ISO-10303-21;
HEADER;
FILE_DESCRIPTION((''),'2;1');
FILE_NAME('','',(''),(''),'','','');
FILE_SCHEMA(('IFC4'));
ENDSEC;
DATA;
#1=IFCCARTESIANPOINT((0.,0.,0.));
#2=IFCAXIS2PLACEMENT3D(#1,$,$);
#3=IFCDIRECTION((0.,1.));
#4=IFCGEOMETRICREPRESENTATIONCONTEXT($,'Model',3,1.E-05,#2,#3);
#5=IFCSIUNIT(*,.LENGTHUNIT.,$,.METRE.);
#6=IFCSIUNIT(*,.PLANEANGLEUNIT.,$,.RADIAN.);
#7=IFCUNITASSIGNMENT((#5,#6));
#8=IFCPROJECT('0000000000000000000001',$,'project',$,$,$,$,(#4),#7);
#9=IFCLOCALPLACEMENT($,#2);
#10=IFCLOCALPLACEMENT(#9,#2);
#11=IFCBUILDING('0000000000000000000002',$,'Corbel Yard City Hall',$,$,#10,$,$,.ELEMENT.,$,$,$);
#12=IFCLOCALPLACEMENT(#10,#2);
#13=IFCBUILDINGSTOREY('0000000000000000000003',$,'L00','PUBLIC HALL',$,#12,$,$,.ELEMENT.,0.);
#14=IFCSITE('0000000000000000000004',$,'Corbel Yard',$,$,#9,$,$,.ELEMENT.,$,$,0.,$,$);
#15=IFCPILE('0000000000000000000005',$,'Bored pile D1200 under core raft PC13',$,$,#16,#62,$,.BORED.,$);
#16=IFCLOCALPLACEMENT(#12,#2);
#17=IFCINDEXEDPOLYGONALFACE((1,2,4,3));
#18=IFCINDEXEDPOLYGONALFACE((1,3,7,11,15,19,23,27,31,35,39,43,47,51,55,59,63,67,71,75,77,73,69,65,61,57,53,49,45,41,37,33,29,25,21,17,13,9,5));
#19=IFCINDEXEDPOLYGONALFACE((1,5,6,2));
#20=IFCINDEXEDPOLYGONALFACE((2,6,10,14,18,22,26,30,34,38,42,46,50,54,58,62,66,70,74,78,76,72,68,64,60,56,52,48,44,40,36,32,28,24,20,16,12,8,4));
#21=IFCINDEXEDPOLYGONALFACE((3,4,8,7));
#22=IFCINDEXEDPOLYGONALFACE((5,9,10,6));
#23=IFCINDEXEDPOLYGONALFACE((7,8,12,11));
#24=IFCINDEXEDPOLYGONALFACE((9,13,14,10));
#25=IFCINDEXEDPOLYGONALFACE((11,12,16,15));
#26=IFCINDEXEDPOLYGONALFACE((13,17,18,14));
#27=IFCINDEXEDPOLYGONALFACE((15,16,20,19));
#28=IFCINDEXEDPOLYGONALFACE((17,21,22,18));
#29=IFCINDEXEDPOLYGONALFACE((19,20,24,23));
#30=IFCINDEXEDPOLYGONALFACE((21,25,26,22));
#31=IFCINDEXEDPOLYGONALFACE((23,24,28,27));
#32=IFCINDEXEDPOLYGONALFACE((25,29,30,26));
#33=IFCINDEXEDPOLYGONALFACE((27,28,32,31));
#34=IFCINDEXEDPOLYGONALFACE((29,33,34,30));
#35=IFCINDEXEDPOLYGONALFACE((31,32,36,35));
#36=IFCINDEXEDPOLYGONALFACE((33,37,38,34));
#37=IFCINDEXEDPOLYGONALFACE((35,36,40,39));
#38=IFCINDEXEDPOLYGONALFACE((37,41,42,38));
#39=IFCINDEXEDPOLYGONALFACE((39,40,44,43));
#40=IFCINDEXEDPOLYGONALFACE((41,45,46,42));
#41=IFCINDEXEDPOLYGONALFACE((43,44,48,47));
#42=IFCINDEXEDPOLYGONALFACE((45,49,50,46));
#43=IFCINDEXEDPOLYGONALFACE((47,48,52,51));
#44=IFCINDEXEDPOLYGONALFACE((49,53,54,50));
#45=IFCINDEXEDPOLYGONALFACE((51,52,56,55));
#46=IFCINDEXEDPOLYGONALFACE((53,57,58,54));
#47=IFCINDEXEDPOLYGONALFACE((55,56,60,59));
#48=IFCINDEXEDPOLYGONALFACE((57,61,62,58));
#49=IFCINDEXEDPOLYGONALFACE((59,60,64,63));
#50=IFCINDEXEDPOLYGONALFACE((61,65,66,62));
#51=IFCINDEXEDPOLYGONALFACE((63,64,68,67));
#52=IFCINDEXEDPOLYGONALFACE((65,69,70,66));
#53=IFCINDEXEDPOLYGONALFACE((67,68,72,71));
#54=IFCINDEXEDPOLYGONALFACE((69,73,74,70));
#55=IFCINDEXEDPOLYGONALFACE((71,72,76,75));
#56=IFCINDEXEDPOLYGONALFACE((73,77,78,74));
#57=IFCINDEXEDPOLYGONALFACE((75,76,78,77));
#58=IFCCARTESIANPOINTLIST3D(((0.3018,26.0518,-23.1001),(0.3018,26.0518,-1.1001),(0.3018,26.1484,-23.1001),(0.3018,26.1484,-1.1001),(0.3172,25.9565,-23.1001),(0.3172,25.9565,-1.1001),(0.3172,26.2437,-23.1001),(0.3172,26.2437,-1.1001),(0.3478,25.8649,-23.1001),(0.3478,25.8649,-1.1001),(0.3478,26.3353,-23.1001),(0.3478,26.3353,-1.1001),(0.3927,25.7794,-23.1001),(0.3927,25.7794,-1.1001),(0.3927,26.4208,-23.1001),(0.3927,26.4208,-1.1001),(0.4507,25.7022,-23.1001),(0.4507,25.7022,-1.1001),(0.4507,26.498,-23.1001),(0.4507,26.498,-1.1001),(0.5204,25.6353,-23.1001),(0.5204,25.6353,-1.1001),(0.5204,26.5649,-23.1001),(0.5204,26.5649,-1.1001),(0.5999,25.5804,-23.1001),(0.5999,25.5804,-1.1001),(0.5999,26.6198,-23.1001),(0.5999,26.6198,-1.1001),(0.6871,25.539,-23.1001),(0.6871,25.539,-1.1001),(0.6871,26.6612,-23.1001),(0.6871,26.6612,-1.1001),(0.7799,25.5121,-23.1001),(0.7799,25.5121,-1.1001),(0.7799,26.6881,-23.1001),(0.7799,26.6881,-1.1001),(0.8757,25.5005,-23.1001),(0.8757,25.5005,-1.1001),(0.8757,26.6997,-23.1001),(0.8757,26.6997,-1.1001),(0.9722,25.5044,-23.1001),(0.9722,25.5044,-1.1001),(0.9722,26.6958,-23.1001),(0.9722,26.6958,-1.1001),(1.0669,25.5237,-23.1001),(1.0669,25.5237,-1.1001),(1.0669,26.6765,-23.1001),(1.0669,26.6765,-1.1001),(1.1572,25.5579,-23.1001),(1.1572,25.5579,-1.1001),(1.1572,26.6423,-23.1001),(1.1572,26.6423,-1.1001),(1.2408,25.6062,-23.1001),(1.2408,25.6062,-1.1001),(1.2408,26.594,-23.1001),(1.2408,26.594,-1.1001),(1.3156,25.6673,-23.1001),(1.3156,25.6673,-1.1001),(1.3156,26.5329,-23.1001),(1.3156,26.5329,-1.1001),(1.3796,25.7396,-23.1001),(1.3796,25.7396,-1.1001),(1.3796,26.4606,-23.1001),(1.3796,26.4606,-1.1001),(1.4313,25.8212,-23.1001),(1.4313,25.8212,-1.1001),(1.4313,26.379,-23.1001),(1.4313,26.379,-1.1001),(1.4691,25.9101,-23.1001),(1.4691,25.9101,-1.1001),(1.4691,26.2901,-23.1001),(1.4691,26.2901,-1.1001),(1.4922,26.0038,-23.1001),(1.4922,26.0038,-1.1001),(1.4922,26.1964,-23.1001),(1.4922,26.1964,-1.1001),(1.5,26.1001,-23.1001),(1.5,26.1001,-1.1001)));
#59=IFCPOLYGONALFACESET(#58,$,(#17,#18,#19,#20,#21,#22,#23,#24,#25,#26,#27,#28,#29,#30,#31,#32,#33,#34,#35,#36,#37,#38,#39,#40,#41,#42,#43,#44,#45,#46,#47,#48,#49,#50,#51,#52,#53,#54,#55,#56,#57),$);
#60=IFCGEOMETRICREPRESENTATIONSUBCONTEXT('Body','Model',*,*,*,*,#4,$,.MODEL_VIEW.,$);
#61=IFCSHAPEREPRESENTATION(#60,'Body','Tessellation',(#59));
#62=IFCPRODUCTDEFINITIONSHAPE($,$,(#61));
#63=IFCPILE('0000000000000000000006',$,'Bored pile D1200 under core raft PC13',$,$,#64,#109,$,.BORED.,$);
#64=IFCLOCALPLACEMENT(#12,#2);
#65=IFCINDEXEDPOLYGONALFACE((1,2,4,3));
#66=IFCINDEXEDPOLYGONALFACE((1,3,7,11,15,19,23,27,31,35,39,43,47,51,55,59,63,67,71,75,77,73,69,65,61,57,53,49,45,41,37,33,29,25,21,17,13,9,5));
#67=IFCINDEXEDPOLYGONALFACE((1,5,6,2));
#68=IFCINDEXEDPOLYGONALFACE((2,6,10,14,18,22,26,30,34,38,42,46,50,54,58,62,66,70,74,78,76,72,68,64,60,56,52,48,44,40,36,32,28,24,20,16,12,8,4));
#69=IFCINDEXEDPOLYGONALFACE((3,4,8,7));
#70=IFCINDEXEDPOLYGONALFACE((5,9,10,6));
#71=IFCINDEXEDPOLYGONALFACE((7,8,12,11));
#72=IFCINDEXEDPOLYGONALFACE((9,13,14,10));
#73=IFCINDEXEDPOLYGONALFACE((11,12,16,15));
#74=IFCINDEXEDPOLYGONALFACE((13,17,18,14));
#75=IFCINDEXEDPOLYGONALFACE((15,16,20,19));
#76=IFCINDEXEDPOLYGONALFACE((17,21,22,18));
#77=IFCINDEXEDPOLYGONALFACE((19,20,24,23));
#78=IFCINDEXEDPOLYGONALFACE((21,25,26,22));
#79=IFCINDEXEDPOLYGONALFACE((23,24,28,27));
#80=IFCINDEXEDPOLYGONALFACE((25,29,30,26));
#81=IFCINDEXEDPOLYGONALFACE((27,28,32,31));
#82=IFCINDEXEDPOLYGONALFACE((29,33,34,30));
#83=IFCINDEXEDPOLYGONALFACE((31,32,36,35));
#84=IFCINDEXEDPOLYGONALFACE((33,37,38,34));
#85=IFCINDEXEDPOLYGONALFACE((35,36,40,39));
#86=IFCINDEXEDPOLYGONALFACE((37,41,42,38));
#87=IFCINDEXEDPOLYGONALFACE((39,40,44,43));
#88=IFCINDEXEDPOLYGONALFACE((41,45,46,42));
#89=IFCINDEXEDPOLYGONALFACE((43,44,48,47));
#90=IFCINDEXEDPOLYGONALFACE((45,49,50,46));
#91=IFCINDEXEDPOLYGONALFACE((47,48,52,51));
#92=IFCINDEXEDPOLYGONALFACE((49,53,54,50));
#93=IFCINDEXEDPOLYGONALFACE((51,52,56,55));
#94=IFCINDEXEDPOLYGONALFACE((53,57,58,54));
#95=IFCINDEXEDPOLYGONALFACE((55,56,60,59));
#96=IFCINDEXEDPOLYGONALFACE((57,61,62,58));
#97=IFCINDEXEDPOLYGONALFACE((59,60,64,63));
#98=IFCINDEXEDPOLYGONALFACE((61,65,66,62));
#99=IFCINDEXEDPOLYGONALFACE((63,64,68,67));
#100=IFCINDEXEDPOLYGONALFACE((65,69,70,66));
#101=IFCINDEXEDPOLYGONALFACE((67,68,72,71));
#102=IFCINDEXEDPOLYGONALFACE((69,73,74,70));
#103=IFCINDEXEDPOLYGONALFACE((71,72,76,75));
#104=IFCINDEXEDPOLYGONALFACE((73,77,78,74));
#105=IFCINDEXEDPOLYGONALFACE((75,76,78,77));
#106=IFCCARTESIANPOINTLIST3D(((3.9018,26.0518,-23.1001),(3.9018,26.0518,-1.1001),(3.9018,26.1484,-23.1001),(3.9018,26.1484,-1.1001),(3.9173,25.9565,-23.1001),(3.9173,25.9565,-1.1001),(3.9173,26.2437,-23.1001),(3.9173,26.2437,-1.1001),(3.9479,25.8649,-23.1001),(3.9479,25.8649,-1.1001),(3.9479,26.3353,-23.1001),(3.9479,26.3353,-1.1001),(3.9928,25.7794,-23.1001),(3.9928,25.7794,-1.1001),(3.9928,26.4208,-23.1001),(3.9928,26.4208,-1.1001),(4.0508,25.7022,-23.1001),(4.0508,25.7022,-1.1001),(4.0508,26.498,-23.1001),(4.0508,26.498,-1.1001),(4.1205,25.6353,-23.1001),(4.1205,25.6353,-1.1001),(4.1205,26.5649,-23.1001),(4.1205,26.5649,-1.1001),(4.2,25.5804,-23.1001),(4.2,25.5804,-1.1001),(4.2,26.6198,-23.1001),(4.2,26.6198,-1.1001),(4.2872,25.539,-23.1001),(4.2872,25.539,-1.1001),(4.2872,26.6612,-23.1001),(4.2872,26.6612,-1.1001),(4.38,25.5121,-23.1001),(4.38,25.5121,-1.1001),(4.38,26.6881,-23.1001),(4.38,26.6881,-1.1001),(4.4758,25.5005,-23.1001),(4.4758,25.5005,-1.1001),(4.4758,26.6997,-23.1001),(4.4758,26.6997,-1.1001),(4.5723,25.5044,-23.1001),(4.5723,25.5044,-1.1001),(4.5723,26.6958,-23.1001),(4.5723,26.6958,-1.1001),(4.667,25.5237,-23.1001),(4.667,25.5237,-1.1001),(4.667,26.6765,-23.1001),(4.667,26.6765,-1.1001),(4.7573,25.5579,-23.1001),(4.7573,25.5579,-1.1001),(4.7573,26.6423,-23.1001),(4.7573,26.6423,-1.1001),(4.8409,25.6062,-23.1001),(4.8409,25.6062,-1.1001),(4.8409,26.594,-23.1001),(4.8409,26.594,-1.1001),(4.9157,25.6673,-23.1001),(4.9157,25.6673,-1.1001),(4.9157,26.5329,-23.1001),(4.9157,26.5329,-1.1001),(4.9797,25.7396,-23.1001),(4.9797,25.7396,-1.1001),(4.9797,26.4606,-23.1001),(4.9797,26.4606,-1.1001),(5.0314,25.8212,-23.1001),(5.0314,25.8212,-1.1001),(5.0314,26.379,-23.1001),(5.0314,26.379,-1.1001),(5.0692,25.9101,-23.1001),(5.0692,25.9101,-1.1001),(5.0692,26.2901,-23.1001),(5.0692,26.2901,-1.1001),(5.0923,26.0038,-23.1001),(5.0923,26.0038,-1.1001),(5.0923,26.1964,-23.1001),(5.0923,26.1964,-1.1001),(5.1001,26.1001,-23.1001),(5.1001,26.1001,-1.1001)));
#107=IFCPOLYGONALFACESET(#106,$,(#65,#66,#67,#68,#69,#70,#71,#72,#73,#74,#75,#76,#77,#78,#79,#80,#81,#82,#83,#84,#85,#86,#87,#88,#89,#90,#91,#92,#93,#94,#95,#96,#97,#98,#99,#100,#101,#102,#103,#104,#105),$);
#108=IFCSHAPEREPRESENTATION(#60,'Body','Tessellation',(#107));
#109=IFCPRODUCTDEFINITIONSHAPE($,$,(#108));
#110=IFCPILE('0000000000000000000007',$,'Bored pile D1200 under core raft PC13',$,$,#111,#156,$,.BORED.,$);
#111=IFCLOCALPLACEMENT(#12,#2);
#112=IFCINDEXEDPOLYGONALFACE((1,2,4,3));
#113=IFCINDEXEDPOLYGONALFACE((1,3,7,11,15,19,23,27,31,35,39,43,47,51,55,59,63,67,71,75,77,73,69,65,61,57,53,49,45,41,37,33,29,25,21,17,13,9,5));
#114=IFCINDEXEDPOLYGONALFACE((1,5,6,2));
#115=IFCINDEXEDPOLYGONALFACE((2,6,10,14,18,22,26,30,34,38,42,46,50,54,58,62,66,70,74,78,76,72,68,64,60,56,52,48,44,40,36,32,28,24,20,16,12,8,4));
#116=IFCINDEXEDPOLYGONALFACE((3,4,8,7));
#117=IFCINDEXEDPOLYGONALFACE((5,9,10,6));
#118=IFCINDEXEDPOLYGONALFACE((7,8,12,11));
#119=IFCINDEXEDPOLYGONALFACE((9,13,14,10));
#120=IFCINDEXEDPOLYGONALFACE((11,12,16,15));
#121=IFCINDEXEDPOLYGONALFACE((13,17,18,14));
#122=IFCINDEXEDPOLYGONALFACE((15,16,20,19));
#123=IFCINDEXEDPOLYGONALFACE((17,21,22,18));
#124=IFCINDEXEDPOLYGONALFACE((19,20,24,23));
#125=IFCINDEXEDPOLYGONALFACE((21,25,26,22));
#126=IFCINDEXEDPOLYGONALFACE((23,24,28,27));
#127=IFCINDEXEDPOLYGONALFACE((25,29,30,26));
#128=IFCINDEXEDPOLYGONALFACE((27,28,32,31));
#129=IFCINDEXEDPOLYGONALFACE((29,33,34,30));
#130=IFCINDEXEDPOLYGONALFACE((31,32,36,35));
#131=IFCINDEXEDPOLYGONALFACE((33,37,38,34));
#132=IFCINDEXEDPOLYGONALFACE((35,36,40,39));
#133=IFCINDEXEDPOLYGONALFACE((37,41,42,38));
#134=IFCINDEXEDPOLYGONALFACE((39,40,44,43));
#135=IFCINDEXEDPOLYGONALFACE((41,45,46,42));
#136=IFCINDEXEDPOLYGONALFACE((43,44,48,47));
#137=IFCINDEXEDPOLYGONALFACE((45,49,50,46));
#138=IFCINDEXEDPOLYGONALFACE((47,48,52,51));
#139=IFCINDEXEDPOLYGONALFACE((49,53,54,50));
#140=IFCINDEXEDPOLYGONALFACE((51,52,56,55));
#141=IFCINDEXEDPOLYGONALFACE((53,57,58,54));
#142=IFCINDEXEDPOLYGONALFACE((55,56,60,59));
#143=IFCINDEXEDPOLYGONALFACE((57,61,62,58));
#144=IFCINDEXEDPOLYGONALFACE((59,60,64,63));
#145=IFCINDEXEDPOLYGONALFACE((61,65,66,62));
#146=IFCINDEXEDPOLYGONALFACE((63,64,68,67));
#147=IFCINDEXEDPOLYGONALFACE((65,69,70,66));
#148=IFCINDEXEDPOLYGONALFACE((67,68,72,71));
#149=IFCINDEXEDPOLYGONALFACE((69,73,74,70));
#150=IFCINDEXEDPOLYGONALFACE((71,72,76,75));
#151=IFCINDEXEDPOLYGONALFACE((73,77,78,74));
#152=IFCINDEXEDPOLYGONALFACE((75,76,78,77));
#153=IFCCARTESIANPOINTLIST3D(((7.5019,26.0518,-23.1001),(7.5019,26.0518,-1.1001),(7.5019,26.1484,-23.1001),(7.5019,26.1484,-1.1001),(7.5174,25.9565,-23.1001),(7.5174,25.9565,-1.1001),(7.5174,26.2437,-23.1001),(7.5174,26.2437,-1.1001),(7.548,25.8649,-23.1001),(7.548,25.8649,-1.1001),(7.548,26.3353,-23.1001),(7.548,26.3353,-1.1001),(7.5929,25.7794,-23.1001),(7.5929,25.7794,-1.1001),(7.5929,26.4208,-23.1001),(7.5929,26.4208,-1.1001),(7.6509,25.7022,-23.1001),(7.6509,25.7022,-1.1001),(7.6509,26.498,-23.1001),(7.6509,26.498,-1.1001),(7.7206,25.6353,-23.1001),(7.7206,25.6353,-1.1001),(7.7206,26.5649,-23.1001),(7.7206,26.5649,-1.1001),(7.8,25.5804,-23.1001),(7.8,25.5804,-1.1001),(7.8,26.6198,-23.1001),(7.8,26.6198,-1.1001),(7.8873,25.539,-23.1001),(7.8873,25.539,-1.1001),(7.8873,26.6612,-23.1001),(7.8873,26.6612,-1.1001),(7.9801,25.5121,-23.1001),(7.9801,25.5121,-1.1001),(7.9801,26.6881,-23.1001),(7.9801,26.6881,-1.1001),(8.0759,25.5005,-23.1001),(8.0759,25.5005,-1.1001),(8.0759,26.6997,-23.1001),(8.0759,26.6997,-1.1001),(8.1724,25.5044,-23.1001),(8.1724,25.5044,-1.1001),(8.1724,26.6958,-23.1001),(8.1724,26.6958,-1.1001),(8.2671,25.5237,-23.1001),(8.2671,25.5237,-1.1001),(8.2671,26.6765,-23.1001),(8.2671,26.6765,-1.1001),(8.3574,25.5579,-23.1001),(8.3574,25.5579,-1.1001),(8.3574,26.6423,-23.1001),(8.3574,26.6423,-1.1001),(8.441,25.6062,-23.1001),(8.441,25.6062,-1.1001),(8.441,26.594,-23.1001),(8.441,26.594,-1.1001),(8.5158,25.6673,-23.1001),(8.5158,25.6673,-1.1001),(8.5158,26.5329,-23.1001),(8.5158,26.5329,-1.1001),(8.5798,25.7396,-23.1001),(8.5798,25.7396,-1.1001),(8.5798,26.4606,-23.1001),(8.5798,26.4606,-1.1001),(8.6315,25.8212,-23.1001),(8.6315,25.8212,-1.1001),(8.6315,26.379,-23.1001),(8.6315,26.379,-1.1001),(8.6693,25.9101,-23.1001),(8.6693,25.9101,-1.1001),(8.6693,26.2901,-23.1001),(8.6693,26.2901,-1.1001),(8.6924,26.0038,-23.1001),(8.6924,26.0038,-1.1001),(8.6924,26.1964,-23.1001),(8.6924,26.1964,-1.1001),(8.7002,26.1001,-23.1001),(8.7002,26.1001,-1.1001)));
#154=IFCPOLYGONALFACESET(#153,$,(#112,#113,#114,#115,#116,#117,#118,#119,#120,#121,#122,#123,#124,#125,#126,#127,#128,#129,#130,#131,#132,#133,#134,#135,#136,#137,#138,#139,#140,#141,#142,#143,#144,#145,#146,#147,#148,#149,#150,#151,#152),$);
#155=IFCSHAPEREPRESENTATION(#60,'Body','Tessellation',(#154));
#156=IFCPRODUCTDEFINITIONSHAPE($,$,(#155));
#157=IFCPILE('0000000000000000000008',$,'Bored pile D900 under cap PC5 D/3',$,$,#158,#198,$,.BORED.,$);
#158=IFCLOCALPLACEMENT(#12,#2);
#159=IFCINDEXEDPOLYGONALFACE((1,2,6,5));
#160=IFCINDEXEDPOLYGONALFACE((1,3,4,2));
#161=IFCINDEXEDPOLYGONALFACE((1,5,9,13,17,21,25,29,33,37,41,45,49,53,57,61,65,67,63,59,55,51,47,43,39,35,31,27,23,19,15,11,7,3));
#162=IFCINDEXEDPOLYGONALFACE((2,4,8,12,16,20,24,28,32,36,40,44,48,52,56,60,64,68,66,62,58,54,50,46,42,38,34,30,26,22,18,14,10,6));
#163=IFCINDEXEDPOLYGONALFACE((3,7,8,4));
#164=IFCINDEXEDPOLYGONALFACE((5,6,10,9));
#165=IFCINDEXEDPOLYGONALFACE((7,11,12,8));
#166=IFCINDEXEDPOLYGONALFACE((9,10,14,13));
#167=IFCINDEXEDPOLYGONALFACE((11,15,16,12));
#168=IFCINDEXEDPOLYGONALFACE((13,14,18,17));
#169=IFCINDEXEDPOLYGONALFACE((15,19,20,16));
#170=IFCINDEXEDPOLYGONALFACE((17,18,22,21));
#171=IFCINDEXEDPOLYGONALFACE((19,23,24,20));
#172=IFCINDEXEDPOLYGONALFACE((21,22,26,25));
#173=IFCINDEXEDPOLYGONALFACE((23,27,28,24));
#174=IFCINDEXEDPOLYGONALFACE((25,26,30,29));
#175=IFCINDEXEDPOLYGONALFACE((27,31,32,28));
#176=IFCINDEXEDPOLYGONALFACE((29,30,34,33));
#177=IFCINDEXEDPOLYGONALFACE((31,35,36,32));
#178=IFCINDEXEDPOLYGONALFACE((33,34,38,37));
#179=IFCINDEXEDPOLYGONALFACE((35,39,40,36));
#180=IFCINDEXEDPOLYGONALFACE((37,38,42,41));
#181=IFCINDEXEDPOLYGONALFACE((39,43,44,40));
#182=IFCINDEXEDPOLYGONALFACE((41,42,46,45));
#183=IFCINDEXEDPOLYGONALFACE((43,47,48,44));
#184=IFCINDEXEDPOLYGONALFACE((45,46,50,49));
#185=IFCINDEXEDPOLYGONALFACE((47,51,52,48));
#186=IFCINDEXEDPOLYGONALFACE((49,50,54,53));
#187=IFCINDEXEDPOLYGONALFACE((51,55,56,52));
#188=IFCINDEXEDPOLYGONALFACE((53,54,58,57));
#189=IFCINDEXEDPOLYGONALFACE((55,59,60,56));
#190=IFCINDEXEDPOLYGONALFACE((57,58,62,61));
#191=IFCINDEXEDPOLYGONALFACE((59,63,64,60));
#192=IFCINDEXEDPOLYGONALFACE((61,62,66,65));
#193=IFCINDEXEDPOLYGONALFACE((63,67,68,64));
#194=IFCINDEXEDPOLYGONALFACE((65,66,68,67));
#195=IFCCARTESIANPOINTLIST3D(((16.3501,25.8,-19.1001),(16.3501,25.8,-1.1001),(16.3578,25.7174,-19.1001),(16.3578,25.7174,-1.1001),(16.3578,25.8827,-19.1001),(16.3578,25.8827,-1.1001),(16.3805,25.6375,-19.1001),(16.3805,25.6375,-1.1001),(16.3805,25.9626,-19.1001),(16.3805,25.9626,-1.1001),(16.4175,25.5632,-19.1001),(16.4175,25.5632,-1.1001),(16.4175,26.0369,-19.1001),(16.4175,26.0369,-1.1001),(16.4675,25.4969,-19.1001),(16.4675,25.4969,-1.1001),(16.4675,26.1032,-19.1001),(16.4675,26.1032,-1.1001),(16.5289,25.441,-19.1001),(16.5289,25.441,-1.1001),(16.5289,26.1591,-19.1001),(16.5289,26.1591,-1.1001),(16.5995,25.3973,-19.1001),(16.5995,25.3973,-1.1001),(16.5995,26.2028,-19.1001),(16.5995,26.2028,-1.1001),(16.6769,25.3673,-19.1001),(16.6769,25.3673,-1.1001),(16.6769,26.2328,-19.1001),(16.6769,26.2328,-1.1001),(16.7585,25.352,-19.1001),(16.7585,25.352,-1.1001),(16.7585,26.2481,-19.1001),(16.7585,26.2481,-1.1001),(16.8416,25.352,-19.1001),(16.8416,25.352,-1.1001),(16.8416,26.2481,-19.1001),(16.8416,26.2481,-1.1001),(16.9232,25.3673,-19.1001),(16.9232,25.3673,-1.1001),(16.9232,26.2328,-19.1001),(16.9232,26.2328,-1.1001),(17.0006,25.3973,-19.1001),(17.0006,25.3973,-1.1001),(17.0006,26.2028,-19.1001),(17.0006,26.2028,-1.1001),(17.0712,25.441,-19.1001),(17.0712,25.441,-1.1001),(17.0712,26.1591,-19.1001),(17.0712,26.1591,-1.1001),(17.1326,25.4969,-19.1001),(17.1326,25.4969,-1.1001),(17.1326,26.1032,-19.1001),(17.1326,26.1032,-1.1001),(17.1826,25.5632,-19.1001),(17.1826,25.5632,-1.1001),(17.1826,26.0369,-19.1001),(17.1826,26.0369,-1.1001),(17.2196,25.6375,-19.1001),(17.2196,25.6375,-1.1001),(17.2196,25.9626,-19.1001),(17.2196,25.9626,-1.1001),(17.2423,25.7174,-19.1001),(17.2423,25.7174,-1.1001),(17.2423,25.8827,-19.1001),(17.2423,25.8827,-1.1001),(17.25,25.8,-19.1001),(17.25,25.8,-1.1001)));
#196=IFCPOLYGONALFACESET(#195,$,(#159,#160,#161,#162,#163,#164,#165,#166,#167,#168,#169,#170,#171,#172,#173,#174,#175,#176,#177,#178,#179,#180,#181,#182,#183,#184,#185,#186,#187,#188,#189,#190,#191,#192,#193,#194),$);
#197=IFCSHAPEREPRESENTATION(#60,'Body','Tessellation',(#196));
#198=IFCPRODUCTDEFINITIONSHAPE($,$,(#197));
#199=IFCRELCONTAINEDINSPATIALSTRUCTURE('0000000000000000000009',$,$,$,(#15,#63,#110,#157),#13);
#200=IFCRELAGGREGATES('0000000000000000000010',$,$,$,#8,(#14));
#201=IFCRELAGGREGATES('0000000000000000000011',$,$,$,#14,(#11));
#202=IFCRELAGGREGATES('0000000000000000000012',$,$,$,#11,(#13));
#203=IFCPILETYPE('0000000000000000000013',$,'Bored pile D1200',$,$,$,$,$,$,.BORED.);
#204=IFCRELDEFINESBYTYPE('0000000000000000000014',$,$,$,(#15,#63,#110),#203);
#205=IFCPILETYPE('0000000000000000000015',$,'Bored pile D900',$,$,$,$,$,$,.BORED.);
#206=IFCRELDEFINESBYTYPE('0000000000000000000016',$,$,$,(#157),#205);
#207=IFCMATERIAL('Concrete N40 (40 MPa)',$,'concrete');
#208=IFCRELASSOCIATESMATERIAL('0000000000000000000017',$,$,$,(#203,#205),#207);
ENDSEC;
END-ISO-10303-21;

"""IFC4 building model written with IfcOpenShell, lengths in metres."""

from ifc_helpers import new_model, si_unit, direction, frame, origin, origin_2d, place, context, subcontext, project, spatial, circle, extrude, material, material_profile, profile_set, type_object, element, save


model = new_model("IFC4")

# Units and contexts
model_context = context("Model", 3, precision=1e-05, world=origin(), true_north=direction((0.0, 1.0)))
body_context = subcontext(model_context, "Body", "Model", "MODEL_VIEW")
ifc_project = project(units=[si_unit("LENGTHUNIT", "METRE"), si_unit("PLANEANGLEUNIT", "RADIAN")], contexts=[model_context])

# Site, building, storey
site_placement = place(None, origin())
site = spatial("IfcSite", under=ifc_project, at=site_placement, Name="Corbel Yard", CompositionType="ELEMENT", RefElevation=0.0)
building_placement = place(site_placement, origin())
building = spatial("IfcBuilding", under=site, at=building_placement, Name="Corbel Yard City Hall", CompositionType="ELEMENT")
storey_placement = place(building_placement, origin())
storey = spatial("IfcBuildingStorey", under=building, at=storey_placement, Name="L00", Description="PUBLIC HALL", CompositionType="ELEMENT", Elevation=0.0)

# Piles
ifc_material_1 = material(Name="Concrete N40 (40 MPa)", Category="concrete")
ifc_material_profile_1 = material_profile(ifc_material_1, circle(Radius=0.6001, at=origin_2d()), Name="D1200")
ifc_profile_set_1 = profile_set([ifc_material_profile_1], Name="Concrete N40 (40 MPa)")
pile_type_1 = type_object("IfcPileType", Name="Bored pile D1200", PredefinedType="BORED", material=ifc_profile_set_1)
for number, where, z_axis, x_axis, name in (
    (1, (0.8999, 26.1001, -1.1001), (0.0, 0.0, -1.0), (1.0, 0.0, 0.0), "Bored pile D1200 under core raft PC13"),
    (2, (4.5, 26.1001, -1.1001), (0.0, 0.0, -1.0), (1.0, 0.0, 0.0), "Bored pile D1200 under core raft PC13"),
    (3, (8.1001, 26.1001, -1.1001), (0.0, 0.0, -1.0), (1.0, 0.0, 0.0), "Bored pile D1200 under core raft PC13"),
):
    element("IfcPile", number, at=place(storey_placement, frame(where, z_axis=z_axis, x_axis=x_axis)), inside=storey, type_object=pile_type_1, Name=name, PredefinedType="BORED", context=body_context, shape_type="SweptSolid", body=[
        extrude(circle(Radius=0.6001, at=origin_2d()), origin(), (0.0, 0.0, 1.0), 22.0),
    ])
ifc_material_profile_2 = material_profile(ifc_material_1, circle(Radius=0.45, at=origin_2d()), Name="D900")
ifc_profile_set_2 = profile_set([ifc_material_profile_2], Name="Concrete N40 (40 MPa)")
pile_type_2 = type_object("IfcPileType", Name="Bored pile D900", PredefinedType="BORED", material=ifc_profile_set_2)
for number, where, z_axis, x_axis, name in (
    (4, (16.8, 25.8, -1.1001), (0.0, 0.0, -1.0), (1.0, 0.0, 0.0), "Bored pile D900 under cap PC5 D/3"),
):
    element("IfcPile", number, at=place(storey_placement, frame(where, z_axis=z_axis, x_axis=x_axis)), inside=storey, type_object=pile_type_2, Name=name, PredefinedType="BORED", context=body_context, shape_type="SweptSolid", body=[
        extrude(circle(Radius=0.45, at=origin_2d()), origin(), (0.0, 0.0, 1.0), 18.0),
    ])

save(model, "model.ifc")
